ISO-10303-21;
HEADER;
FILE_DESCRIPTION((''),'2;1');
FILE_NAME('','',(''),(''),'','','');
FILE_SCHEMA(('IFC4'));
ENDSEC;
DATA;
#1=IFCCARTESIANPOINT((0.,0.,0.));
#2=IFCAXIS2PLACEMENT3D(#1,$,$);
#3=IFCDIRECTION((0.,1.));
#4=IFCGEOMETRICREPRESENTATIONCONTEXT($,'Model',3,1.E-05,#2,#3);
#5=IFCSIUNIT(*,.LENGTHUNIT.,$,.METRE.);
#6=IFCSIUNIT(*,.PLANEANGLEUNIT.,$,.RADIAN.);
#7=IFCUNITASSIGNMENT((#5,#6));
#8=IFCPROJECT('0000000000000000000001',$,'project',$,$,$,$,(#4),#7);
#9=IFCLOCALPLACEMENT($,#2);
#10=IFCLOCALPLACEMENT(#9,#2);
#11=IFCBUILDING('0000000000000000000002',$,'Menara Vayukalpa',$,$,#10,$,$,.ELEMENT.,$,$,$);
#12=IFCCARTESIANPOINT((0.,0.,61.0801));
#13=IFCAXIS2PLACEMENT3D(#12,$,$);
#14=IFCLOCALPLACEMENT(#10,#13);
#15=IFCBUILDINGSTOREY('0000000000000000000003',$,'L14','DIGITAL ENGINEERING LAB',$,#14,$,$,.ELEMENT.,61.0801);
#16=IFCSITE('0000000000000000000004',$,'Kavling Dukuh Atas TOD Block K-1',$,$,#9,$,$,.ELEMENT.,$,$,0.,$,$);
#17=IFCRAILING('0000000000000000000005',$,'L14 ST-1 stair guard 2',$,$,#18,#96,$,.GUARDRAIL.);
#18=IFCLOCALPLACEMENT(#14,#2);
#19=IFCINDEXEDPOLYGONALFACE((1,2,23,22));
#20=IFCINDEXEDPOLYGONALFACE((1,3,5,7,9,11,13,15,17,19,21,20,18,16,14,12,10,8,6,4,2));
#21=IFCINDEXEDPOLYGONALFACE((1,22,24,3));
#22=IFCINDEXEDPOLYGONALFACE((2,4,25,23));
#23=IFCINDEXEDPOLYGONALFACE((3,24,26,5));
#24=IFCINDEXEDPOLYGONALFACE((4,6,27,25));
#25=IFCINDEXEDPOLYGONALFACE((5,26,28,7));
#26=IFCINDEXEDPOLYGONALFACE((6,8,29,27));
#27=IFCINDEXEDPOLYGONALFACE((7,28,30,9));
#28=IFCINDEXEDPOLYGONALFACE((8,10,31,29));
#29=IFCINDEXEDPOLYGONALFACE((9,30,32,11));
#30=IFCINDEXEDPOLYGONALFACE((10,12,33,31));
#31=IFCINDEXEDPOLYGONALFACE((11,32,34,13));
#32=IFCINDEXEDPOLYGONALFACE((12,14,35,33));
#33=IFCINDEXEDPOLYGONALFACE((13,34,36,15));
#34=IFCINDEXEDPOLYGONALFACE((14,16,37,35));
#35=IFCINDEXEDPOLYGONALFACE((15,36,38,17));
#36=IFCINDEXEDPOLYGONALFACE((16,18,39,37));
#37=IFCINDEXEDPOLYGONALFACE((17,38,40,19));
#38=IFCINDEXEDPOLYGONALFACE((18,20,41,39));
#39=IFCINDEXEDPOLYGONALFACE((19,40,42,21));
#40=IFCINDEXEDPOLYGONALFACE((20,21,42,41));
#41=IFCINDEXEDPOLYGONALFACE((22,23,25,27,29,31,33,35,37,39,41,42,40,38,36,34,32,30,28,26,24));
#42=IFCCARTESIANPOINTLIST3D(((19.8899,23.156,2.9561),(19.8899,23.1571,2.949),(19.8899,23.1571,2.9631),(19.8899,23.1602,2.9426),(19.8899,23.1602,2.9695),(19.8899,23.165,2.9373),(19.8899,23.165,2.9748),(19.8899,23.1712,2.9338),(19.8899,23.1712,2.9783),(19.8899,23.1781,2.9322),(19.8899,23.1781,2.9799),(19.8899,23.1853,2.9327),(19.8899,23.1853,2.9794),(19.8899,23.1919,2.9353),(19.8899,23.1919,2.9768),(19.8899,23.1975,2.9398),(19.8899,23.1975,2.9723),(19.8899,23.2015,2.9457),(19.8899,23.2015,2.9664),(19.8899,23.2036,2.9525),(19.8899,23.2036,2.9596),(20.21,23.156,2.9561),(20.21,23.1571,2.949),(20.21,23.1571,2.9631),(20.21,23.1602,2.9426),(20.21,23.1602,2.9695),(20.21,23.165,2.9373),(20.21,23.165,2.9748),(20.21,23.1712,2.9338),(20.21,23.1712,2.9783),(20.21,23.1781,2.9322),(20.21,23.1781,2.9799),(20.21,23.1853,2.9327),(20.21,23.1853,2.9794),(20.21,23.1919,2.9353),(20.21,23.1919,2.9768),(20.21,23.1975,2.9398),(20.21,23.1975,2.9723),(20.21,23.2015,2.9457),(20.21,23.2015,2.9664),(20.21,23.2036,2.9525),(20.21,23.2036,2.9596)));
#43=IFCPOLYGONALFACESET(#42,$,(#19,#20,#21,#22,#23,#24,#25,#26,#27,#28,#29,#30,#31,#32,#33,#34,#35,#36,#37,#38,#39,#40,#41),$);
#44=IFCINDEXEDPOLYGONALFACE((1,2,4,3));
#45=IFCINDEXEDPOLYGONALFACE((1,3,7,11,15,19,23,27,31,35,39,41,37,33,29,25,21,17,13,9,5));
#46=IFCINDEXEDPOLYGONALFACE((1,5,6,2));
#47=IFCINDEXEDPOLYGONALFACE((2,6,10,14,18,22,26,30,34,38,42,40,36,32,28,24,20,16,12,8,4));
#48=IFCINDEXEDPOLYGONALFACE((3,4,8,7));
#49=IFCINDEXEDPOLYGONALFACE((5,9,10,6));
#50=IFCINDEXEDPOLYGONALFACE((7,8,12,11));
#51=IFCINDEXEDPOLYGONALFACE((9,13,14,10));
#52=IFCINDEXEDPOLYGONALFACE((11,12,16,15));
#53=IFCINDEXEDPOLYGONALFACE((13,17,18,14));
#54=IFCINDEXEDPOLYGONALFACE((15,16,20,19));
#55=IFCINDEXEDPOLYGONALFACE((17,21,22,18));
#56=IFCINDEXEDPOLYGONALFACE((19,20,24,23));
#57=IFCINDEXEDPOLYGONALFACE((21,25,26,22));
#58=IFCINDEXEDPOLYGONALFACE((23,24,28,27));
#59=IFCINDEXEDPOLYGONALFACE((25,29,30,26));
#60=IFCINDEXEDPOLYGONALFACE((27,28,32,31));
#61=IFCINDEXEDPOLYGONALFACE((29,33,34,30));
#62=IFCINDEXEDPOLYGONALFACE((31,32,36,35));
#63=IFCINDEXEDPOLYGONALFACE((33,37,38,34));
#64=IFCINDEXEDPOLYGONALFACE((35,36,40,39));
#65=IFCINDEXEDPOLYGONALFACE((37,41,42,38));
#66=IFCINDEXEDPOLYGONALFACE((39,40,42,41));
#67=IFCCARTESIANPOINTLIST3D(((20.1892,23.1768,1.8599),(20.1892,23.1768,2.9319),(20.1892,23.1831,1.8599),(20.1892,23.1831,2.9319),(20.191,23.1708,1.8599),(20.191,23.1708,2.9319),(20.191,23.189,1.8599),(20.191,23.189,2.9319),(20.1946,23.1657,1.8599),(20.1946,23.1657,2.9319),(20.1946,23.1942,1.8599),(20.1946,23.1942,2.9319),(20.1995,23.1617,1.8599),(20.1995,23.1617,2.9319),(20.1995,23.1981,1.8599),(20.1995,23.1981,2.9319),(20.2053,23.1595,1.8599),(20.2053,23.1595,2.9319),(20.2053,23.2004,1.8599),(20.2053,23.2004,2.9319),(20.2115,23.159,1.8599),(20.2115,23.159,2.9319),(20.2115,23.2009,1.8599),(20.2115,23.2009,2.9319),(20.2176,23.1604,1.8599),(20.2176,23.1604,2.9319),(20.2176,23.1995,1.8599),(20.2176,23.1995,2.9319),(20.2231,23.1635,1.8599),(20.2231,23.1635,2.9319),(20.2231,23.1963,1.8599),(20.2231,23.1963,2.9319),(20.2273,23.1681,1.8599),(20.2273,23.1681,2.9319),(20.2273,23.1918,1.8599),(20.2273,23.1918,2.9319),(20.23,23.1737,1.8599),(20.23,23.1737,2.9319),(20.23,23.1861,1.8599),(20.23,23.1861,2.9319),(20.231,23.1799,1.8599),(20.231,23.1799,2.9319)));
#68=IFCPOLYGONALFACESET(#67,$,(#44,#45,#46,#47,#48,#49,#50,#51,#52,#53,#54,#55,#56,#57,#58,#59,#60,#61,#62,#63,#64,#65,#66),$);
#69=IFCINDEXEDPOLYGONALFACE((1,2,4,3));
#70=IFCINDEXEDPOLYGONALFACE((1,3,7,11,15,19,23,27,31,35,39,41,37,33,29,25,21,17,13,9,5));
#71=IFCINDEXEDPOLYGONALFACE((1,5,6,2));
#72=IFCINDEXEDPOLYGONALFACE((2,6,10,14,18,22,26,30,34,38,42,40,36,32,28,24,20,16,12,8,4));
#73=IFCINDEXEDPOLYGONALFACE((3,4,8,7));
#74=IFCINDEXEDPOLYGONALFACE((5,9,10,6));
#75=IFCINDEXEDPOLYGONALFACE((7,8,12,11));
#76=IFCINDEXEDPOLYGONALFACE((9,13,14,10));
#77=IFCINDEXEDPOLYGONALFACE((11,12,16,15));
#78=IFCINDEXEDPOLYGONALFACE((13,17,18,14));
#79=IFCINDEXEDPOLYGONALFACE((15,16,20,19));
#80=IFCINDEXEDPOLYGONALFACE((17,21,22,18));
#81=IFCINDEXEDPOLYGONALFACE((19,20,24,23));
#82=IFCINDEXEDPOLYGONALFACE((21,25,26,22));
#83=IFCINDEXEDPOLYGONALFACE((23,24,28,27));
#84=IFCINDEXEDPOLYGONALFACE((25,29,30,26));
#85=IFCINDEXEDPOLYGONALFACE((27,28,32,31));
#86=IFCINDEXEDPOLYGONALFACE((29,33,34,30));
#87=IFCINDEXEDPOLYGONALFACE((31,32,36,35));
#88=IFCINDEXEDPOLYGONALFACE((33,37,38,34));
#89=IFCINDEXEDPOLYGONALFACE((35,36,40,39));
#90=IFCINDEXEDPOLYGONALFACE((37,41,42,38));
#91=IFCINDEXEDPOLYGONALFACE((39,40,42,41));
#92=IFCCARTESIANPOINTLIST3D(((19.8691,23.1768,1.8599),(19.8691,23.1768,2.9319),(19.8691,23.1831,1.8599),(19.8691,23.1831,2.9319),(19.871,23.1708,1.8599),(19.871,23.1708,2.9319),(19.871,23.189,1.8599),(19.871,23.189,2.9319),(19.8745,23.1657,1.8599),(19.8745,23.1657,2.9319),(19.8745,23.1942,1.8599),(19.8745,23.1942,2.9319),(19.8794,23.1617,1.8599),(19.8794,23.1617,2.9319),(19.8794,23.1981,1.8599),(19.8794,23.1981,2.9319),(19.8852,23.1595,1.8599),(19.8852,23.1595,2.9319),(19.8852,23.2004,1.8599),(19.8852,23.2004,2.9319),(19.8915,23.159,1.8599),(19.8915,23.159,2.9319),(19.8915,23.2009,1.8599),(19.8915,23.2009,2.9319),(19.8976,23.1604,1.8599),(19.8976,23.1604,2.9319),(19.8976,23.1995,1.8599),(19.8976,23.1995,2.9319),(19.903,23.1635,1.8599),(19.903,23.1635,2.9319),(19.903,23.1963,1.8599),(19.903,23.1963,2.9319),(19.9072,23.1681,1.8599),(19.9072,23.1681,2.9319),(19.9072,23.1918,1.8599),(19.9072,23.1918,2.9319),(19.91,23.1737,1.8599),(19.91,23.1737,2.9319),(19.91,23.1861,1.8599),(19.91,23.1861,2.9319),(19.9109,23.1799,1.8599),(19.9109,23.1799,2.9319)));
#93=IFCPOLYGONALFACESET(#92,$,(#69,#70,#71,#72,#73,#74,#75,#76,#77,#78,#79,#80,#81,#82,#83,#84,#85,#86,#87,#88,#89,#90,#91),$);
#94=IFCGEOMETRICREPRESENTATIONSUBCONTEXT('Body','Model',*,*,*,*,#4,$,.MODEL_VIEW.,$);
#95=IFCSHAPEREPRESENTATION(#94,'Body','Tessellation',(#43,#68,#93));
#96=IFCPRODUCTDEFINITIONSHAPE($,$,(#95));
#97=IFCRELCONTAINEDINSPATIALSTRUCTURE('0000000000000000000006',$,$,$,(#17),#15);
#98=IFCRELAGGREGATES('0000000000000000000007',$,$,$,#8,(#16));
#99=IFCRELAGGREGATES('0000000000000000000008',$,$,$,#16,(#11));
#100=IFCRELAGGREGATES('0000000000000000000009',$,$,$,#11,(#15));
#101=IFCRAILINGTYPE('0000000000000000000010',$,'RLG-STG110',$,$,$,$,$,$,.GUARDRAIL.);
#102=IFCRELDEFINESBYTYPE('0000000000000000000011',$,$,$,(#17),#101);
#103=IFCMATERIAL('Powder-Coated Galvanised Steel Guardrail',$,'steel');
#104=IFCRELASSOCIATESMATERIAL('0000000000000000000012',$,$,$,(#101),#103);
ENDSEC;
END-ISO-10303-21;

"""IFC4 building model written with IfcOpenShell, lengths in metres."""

from ifc_helpers import new_model, si_unit, direction, frame, origin, origin_2d, place, context, subcontext, project, spatial, circle, extrude, material, type_object, element, save


model = new_model("IFC4")

# Units and contexts
model_context = context("Model", 3, precision=1e-05, world=origin(), true_north=direction((0.0, 1.0)))
body_context = subcontext(model_context, "Body", "Model", "MODEL_VIEW")
ifc_project = project(units=[si_unit("LENGTHUNIT", "METRE"), si_unit("PLANEANGLEUNIT", "RADIAN")], contexts=[model_context])

# Site, building, storey
site_placement = place(None, origin())
site = spatial("IfcSite", under=ifc_project, at=site_placement, Name="Kavling Dukuh Atas TOD Block K-1", CompositionType="ELEMENT", RefElevation=0.0)
building_placement = place(site_placement, origin())
building = spatial("IfcBuilding", under=site, at=building_placement, Name="Menara Vayukalpa", CompositionType="ELEMENT")
storey_placement = place(building_placement, frame((0.0, 0.0, 61.0801)))
storey = spatial("IfcBuildingStorey", under=building, at=storey_placement, Name="L14", Description="DIGITAL ENGINEERING LAB", CompositionType="ELEMENT", Elevation=61.0801)

# Railing
ifc_material_1 = material(Name="Powder-Coated Galvanised Steel Guardrail", Category="steel")
railing_type = type_object("IfcRailingType", Name="RLG-STG110", PredefinedType="GUARDRAIL", material=ifc_material_1)
railing_1_placement = place(storey_placement, frame((20.21, 23.1799, 1.8599)))
element("IfcRailing", 1, at=railing_1_placement, inside=storey, type_object=railing_type, Name="L14 ST-1 stair guard 2", PredefinedType="GUARDRAIL", context=body_context, shape_type="SweptSolid", body=[
    extrude(circle(Radius=0.0239, at=origin_2d()), frame((0.0, 0.0, 1.0962), z_axis=(-1.0, 0.0, 0.0), x_axis=(0.0, -1.0, 0.0)), (0.0, 0.0, 1.0), 0.3201),
    extrude(circle(Radius=0.021, at=origin_2d()), origin(), (0.0, 0.0, 1.0), 1.072),
    extrude(circle(Radius=0.021, at=origin_2d()), frame((-0.3201, 0.0, 0.0)), (0.0, 0.0, 1.0), 1.072),
])

save(model, "model.ifc")
